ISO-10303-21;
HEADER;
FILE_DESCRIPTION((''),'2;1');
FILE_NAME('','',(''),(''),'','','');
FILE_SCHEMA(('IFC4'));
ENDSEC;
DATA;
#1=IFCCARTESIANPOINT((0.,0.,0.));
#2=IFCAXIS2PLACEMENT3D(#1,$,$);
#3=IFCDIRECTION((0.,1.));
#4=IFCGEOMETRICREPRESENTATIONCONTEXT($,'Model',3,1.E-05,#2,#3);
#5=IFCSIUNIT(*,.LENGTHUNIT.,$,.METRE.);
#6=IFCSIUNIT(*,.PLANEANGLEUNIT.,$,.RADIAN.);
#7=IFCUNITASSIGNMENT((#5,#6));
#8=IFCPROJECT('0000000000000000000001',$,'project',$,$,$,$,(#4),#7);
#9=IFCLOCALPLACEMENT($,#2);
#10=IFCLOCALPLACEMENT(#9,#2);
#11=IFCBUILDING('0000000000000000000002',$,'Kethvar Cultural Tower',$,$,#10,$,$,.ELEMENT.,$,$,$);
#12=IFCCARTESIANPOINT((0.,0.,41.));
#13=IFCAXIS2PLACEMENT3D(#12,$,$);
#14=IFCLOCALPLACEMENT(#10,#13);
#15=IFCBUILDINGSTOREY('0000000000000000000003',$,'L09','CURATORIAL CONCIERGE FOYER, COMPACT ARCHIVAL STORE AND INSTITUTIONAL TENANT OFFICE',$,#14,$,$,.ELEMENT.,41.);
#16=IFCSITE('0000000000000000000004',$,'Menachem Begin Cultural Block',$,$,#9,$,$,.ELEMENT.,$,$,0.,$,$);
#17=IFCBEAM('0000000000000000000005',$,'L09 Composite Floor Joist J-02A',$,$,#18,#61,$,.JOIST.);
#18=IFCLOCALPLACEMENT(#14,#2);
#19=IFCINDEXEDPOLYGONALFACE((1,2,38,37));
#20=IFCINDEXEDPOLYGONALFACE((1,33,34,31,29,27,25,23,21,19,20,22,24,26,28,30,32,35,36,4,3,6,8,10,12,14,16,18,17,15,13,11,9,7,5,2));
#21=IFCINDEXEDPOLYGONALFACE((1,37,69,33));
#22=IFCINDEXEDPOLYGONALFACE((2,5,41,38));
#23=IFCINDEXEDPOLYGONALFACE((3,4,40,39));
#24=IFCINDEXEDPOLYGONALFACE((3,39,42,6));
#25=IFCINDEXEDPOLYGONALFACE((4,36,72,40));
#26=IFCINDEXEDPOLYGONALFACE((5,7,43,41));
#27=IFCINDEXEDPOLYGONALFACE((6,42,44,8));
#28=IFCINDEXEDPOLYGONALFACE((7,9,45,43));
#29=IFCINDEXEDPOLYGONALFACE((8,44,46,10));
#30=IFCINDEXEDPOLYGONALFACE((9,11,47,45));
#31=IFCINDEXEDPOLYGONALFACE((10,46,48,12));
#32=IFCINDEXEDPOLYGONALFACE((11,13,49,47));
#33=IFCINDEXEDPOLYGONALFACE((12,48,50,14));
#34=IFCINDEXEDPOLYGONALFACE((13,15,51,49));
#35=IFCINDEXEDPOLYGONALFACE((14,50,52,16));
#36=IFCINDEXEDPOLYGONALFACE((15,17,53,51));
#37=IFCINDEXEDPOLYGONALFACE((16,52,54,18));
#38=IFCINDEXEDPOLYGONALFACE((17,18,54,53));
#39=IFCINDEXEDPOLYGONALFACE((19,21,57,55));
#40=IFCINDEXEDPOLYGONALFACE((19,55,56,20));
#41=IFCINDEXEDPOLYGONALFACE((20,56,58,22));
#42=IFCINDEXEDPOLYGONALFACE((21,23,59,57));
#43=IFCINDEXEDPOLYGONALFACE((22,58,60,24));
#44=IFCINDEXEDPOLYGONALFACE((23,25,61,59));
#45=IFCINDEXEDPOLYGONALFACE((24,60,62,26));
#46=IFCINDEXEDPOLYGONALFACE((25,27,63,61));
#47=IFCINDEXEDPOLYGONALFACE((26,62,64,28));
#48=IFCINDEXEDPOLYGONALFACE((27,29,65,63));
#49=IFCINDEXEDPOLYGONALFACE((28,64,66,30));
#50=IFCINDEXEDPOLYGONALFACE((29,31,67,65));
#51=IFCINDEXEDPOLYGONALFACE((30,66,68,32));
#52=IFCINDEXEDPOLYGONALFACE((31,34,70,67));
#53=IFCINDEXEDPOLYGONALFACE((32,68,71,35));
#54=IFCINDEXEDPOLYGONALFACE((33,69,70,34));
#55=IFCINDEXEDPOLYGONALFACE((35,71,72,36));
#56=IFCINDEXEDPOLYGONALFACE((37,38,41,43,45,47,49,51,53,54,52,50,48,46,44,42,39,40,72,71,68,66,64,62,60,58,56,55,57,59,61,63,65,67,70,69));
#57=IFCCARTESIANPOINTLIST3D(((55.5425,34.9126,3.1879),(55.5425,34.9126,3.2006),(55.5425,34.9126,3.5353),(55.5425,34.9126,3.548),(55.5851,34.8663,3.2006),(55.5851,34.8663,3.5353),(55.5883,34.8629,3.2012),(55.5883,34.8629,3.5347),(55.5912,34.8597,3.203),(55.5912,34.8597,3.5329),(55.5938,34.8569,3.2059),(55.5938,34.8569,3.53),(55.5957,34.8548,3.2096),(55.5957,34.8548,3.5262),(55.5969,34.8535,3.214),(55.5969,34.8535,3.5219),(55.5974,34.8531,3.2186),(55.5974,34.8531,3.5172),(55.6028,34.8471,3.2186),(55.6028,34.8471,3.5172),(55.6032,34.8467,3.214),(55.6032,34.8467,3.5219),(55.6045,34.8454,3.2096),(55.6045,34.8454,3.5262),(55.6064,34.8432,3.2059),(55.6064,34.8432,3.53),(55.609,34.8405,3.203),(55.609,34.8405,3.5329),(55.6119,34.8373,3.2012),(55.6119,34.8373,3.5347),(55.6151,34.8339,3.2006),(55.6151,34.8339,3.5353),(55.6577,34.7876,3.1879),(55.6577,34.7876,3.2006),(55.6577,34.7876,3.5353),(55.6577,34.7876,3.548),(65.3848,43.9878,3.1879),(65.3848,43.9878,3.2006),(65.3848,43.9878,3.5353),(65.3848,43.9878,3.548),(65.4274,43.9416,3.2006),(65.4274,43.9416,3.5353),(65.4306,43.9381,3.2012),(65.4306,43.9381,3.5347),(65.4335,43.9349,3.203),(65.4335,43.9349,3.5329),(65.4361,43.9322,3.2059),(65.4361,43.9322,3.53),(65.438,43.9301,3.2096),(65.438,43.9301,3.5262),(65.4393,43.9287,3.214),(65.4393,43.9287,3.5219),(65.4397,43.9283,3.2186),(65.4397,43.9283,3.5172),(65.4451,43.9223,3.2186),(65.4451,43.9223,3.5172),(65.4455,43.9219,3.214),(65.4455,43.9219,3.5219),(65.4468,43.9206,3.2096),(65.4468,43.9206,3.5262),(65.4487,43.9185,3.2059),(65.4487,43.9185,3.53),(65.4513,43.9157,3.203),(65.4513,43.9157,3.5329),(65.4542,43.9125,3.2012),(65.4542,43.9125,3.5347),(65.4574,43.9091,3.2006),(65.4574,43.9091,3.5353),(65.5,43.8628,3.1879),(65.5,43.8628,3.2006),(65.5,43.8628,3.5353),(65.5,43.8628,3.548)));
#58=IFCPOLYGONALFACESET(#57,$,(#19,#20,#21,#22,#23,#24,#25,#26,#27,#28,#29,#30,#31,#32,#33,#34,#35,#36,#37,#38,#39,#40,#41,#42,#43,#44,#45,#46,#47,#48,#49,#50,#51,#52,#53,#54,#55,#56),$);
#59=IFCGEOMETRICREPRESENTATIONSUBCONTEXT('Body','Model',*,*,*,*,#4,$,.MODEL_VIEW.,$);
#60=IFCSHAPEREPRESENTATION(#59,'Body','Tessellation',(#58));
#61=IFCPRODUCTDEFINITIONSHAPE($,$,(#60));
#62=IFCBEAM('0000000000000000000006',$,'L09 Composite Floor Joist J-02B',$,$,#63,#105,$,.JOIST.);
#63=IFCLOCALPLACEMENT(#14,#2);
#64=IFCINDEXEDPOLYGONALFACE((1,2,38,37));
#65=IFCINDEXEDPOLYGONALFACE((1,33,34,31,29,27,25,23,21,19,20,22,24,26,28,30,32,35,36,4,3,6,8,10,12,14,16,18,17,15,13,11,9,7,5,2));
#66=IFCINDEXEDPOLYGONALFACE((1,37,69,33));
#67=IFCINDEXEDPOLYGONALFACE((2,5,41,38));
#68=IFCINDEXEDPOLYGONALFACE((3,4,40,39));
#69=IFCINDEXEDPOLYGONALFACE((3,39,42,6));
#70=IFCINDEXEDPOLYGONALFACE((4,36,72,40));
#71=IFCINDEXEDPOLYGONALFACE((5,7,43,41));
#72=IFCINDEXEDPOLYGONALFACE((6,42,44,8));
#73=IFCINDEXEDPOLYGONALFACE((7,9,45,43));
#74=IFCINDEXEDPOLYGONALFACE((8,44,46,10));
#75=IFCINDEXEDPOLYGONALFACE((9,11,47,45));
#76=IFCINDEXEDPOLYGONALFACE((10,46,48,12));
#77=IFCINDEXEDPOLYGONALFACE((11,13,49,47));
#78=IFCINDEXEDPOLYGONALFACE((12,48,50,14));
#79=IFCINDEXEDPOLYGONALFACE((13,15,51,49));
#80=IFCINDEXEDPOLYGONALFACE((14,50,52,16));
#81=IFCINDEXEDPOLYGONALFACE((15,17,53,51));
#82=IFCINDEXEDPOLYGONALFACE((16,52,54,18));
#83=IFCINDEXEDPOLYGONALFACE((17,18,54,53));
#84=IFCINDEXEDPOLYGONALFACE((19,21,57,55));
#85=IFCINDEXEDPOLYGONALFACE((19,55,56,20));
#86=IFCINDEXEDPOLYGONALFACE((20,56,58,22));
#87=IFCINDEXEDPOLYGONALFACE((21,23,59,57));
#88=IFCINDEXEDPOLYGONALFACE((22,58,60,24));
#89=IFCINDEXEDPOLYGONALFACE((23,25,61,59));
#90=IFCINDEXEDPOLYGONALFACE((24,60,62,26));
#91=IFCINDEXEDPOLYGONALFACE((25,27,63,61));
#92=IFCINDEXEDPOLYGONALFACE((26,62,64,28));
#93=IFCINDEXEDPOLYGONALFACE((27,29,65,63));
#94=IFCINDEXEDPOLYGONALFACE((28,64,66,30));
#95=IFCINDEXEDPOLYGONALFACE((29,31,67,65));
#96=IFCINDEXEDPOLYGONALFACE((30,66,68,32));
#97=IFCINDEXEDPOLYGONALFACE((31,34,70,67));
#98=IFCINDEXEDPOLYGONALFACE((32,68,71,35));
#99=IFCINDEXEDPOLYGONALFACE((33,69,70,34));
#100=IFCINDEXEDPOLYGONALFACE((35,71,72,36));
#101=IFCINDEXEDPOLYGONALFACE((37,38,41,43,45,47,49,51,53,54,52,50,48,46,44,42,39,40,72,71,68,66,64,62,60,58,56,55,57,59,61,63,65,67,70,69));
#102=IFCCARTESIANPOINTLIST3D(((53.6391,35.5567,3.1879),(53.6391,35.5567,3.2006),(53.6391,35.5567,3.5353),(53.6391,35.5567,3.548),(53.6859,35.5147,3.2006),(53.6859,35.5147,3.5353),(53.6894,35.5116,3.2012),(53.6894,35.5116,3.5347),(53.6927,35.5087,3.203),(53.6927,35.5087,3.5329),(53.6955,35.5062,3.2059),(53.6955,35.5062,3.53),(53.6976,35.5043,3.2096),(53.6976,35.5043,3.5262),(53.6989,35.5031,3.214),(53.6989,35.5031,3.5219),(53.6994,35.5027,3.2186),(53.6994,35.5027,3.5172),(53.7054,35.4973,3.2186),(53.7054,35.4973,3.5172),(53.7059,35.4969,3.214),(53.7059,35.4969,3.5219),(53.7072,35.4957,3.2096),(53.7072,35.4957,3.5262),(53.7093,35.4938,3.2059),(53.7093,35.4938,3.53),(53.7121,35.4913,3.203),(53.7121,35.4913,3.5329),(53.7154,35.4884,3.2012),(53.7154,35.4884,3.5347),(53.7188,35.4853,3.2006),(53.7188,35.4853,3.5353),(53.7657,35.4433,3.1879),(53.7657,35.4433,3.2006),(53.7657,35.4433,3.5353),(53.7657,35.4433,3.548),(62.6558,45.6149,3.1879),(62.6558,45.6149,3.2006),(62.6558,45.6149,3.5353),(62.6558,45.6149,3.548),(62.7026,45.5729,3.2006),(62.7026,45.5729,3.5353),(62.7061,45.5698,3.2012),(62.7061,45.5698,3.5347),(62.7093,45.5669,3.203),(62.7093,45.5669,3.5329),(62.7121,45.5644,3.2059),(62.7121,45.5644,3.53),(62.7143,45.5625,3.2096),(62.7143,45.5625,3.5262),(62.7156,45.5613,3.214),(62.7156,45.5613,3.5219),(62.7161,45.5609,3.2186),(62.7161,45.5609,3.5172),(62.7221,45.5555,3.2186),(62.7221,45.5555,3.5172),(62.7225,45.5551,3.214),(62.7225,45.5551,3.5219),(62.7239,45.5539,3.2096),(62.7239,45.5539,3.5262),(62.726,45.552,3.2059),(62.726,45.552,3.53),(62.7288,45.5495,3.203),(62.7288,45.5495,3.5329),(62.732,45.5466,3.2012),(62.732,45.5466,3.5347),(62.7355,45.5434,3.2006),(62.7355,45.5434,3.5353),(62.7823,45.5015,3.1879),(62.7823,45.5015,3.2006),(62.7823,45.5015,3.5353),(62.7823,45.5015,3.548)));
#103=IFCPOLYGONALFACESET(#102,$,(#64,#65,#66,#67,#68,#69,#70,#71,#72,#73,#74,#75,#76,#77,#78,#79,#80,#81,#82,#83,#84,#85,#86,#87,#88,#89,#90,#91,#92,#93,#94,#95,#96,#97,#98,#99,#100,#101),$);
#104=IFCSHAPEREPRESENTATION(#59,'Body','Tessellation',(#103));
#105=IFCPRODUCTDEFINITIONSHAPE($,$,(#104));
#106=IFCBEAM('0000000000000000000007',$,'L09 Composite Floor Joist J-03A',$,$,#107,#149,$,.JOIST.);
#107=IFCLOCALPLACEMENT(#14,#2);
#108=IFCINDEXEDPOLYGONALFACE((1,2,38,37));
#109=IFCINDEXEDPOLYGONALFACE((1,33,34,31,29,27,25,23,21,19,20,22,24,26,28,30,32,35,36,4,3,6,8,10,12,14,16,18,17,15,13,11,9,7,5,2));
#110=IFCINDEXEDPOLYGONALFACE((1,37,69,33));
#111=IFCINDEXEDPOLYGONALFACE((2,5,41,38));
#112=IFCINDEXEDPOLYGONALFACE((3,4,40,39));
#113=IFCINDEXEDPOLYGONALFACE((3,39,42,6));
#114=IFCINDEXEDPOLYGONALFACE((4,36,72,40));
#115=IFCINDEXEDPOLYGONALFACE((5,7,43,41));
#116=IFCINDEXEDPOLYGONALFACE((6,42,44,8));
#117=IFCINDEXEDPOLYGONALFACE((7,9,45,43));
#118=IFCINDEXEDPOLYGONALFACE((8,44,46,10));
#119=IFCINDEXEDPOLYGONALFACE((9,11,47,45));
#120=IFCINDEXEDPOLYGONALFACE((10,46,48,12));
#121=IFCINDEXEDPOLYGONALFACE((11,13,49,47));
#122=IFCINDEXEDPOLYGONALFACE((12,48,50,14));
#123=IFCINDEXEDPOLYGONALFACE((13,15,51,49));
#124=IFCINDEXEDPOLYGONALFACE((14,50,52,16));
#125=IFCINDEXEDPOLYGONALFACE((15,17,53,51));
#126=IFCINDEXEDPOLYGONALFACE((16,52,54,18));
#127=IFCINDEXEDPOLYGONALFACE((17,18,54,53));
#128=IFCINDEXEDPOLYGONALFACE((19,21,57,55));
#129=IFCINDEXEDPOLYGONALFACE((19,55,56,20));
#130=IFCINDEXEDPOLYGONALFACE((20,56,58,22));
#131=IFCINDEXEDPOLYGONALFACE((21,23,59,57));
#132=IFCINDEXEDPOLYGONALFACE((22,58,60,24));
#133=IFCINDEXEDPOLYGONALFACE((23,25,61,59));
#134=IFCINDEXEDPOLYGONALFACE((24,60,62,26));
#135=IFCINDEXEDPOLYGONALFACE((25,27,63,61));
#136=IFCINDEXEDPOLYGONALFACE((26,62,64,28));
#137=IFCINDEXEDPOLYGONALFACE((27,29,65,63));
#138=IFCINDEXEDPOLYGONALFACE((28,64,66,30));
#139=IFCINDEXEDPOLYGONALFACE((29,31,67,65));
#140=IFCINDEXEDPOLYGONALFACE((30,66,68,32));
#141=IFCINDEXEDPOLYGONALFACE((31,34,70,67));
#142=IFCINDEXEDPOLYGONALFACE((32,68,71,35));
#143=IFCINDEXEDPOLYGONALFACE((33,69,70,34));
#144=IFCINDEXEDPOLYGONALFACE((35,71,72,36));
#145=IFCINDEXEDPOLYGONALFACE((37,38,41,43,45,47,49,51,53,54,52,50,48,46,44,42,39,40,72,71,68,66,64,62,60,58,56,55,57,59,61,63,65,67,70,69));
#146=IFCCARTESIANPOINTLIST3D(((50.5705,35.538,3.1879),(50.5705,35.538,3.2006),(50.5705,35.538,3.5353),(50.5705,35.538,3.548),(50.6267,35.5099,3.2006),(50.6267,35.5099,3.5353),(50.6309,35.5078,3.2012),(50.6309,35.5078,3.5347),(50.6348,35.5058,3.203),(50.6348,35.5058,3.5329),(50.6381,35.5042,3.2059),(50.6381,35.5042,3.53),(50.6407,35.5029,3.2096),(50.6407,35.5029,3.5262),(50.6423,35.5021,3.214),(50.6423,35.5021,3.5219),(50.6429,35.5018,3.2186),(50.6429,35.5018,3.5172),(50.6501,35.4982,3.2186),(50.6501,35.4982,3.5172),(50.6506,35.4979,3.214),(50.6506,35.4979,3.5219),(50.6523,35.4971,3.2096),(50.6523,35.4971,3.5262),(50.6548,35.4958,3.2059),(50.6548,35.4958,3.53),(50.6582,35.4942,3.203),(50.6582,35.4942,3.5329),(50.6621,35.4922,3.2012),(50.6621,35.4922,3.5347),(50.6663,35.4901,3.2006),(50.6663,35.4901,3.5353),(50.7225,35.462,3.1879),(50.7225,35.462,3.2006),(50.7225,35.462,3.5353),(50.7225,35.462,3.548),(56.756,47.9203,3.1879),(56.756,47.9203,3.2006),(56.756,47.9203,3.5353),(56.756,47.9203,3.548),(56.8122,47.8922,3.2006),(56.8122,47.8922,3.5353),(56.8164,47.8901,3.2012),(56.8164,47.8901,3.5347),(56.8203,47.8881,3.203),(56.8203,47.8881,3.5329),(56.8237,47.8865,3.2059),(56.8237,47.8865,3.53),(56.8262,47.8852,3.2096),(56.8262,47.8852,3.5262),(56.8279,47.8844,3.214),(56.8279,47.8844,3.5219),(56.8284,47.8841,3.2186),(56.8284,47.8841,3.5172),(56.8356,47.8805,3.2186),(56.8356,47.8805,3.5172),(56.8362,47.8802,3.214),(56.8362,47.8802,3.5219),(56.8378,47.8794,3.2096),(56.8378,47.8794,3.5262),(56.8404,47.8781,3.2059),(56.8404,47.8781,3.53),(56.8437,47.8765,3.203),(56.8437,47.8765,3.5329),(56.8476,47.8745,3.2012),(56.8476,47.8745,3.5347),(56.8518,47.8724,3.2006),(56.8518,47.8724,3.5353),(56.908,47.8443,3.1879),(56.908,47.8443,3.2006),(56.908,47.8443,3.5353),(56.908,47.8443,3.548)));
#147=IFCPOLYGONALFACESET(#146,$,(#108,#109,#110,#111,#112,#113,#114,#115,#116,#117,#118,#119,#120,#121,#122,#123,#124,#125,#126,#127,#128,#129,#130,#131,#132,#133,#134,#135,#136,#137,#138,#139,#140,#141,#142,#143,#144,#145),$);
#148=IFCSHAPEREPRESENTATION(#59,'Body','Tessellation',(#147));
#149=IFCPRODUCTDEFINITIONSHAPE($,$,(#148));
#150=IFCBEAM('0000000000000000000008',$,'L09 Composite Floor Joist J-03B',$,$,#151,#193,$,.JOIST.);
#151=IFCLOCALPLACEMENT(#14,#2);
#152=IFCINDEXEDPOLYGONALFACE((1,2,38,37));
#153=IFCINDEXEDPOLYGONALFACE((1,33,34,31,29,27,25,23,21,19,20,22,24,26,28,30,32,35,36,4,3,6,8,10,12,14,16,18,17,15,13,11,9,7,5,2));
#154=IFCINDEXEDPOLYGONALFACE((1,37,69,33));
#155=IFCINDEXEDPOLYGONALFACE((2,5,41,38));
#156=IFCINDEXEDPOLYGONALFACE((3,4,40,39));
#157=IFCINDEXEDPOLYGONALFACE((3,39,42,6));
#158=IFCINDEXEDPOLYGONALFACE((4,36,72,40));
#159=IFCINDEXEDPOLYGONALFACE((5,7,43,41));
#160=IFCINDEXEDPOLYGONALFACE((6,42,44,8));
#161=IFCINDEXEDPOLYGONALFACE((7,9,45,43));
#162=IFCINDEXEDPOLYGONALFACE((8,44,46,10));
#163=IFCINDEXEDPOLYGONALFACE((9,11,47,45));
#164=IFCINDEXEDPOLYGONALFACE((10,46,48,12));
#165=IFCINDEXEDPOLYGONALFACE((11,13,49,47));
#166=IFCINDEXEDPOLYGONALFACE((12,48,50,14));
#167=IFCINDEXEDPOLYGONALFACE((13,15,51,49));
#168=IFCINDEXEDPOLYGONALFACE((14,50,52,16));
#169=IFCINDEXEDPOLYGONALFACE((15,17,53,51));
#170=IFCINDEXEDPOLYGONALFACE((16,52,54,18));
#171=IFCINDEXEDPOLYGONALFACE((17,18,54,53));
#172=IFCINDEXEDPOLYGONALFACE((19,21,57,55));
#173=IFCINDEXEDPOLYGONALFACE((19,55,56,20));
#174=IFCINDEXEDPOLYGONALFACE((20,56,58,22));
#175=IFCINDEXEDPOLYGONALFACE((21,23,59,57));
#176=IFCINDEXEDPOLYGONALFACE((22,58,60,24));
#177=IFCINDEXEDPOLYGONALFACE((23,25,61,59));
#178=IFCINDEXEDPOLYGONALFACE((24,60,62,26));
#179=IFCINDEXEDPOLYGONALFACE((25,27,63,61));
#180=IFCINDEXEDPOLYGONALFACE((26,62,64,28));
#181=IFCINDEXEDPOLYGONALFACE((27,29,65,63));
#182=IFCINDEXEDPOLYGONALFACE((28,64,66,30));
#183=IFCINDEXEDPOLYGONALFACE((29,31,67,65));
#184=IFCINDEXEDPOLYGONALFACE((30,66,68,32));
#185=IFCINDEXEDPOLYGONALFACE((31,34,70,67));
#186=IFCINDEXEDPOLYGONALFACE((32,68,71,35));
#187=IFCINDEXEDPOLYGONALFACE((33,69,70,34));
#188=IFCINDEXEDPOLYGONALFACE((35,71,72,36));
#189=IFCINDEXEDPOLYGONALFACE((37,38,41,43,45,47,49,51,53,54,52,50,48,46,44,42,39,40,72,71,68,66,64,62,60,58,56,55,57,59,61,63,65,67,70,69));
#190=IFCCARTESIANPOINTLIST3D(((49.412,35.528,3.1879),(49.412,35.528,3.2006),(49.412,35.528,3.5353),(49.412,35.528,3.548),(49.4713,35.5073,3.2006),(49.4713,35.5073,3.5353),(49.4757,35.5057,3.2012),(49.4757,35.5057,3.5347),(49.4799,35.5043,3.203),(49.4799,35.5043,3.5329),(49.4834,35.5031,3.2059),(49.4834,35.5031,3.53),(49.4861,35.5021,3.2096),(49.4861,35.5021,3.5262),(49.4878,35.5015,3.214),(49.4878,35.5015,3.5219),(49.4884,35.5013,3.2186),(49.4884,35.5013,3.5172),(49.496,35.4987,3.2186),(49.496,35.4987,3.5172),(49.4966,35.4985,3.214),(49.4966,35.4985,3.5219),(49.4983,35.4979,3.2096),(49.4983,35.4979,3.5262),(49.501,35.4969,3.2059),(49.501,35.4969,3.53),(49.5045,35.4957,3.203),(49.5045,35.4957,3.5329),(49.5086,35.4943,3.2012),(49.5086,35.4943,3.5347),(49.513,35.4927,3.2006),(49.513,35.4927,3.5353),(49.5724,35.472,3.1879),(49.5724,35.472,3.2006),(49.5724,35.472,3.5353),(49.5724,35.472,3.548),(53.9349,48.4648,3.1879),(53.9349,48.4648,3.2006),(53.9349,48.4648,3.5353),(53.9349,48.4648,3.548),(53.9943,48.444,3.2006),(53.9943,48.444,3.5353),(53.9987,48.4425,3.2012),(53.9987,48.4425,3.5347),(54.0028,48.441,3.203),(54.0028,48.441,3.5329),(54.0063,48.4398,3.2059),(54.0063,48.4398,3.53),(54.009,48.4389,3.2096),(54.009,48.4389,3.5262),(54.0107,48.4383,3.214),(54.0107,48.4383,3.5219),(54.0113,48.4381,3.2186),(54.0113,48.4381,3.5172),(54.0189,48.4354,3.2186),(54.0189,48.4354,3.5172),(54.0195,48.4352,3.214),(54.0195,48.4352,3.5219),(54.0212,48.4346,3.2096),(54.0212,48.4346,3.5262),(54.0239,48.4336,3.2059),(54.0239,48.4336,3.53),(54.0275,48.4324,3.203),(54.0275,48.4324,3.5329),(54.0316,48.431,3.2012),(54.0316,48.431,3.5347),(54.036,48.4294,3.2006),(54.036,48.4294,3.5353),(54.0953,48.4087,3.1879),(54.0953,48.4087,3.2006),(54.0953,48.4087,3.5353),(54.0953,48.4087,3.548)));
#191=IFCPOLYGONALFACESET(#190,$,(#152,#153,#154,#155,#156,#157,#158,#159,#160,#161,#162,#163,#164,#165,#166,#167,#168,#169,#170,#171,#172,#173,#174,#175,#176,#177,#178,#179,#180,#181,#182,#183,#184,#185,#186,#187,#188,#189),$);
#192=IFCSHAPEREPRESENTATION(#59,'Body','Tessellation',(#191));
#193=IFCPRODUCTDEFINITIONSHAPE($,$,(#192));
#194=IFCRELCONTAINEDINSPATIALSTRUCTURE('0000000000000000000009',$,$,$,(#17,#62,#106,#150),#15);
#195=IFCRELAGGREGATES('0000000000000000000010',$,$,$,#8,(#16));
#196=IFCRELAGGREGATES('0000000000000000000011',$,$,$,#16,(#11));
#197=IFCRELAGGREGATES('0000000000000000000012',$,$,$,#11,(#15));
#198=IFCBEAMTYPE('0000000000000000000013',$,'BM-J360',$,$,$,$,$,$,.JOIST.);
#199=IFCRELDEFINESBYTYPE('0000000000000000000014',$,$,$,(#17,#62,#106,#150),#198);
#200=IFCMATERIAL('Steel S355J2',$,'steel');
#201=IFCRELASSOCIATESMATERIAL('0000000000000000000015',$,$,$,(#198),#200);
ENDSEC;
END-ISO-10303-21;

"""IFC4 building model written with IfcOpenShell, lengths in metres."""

from ifc_helpers import new_model, si_unit, direction, frame, origin, origin_2d, place, context, subcontext, project, spatial, i_section, extrude, source, transform, mapped, material, material_profile, profile_set, type_object, element, save


model = new_model("IFC4")

# Units and contexts
model_context = context("Model", 3, precision=1e-05, world=origin(), true_north=direction((0.0, 1.0)))
body_context = subcontext(model_context, "Body", "Model", "MODEL_VIEW")
ifc_project = project(units=[si_unit("LENGTHUNIT", "METRE"), si_unit("PLANEANGLEUNIT", "RADIAN")], contexts=[model_context])

# Site, building, storey
site_placement = place(None, origin())
site = spatial("IfcSite", under=ifc_project, at=site_placement, Name="Menachem Begin Cultural Block", CompositionType="ELEMENT", RefElevation=0.0)
building_placement = place(site_placement, origin())
building = spatial("IfcBuilding", under=site, at=building_placement, Name="Kethvar Cultural Tower", CompositionType="ELEMENT")
storey_placement = place(building_placement, frame((0.0, 0.0, 41.0)))
storey = spatial("IfcBuildingStorey", under=building, at=storey_placement, Name="L09", Description="CURATORIAL CONCIERGE FOYER, COMPACT ARCHIVAL STORE AND INSTITUTIONAL TENANT OFFICE", CompositionType="ELEMENT", Elevation=41.0)

# Beams
ifc_material_1 = material(Name="Steel S355J2", Category="steel")
ifc_material_profile_1 = material_profile(ifc_material_1, i_section(OverallWidth=0.1699, OverallDepth=0.3601, WebThickness=0.0081, FlangeThickness=0.0127, FilletRadius=0.0181, at=origin_2d()), Name="Steel S355J2 — IPE360")
ifc_profile_set_1 = profile_set([ifc_material_profile_1], Name="Steel S355J2 — IPE360")
beam_type_1 = type_object("IfcBeamType", Name="BM-J360", PredefinedType="JOIST", material=ifc_profile_set_1)
shared_shape_1 = source(origin(), body_context, "Body", "SweptSolid", [
    extrude(i_section(OverallWidth=0.1699, OverallDepth=0.3601, WebThickness=0.0081, FlangeThickness=0.0127, FilletRadius=0.0181, at=origin_2d()), origin(), (0.0, 0.0, 1.0), 13.3877),
])
beam_1_placement = place(storey_placement, frame((55.6001, 34.8501, 3.3679), z_axis=(0.735175, 0.677877, 0.0), x_axis=(-0.677877, 0.735175, 0.0)))
element("IfcBeam", 1, at=beam_1_placement, inside=storey, type_object=beam_type_1, Name="L09 Composite Floor Joist J-02A", PredefinedType="JOIST", context=body_context, shape_type="MappedRepresentation", body=[
    mapped(shared_shape_1, transform((0.0, 0.0, 0.0), scale=1.0)),
])
shared_shape_2 = source(origin(), body_context, "Body", "SweptSolid", [
    extrude(i_section(OverallWidth=0.1699, OverallDepth=0.3601, WebThickness=0.0081, FlangeThickness=0.0127, FilletRadius=0.0181, at=origin_2d()), origin(), (0.0, 0.0, 1.0), 13.5081),
])
beam_2_placement = place(storey_placement, frame((53.7024, 35.5, 3.3679), z_axis=(0.667504, 0.744607, 0.0), x_axis=(-0.744607, 0.667504, 0.0)))
element("IfcBeam", 2, at=beam_2_placement, inside=storey, type_object=beam_type_1, Name="L09 Composite Floor Joist J-02B", PredefinedType="JOIST", context=body_context, shape_type="MappedRepresentation", body=[
    mapped(shared_shape_2, transform((0.0, 0.0, 0.0), scale=1.0)),
])
shared_shape_3 = source(origin(), body_context, "Body", "SweptSolid", [
    extrude(i_section(OverallWidth=0.1699, OverallDepth=0.3601, WebThickness=0.0081, FlangeThickness=0.0127, FilletRadius=0.0181, at=origin_2d()), origin(), (0.0, 0.0, 1.0), 13.8413),
])
beam_3_placement = place(storey_placement, frame((50.6465, 35.5, 3.3679), z_axis=(0.446889, 0.894589, 0.0), x_axis=(-0.894589, 0.446889, 0.0)))
element("IfcBeam", 3, at=beam_3_placement, inside=storey, type_object=beam_type_1, Name="L09 Composite Floor Joist J-03A", PredefinedType="JOIST", context=body_context, shape_type="MappedRepresentation", body=[
    mapped(shared_shape_3, transform((0.0, 0.0, 0.0), scale=1.0)),
])
shared_shape_4 = source(origin(), body_context, "Body", "SweptSolid", [
    extrude(i_section(OverallWidth=0.1699, OverallDepth=0.3601, WebThickness=0.0081, FlangeThickness=0.0127, FilletRadius=0.0181, at=origin_2d()), origin(), (0.0, 0.0, 1.0), 13.7046),
])
beam_4_placement = place(storey_placement, frame((49.4922, 35.5, 3.3679), z_axis=(0.330031, 0.94397, 0.0), x_axis=(-0.94397, 0.330031, 0.0)))
element("IfcBeam", 4, at=beam_4_placement, inside=storey, type_object=beam_type_1, Name="L09 Composite Floor Joist J-03B", PredefinedType="JOIST", context=body_context, shape_type="MappedRepresentation", body=[
    mapped(shared_shape_4, transform((0.0, 0.0, 0.0), scale=1.0)),
])

save(model, "model.ifc")
